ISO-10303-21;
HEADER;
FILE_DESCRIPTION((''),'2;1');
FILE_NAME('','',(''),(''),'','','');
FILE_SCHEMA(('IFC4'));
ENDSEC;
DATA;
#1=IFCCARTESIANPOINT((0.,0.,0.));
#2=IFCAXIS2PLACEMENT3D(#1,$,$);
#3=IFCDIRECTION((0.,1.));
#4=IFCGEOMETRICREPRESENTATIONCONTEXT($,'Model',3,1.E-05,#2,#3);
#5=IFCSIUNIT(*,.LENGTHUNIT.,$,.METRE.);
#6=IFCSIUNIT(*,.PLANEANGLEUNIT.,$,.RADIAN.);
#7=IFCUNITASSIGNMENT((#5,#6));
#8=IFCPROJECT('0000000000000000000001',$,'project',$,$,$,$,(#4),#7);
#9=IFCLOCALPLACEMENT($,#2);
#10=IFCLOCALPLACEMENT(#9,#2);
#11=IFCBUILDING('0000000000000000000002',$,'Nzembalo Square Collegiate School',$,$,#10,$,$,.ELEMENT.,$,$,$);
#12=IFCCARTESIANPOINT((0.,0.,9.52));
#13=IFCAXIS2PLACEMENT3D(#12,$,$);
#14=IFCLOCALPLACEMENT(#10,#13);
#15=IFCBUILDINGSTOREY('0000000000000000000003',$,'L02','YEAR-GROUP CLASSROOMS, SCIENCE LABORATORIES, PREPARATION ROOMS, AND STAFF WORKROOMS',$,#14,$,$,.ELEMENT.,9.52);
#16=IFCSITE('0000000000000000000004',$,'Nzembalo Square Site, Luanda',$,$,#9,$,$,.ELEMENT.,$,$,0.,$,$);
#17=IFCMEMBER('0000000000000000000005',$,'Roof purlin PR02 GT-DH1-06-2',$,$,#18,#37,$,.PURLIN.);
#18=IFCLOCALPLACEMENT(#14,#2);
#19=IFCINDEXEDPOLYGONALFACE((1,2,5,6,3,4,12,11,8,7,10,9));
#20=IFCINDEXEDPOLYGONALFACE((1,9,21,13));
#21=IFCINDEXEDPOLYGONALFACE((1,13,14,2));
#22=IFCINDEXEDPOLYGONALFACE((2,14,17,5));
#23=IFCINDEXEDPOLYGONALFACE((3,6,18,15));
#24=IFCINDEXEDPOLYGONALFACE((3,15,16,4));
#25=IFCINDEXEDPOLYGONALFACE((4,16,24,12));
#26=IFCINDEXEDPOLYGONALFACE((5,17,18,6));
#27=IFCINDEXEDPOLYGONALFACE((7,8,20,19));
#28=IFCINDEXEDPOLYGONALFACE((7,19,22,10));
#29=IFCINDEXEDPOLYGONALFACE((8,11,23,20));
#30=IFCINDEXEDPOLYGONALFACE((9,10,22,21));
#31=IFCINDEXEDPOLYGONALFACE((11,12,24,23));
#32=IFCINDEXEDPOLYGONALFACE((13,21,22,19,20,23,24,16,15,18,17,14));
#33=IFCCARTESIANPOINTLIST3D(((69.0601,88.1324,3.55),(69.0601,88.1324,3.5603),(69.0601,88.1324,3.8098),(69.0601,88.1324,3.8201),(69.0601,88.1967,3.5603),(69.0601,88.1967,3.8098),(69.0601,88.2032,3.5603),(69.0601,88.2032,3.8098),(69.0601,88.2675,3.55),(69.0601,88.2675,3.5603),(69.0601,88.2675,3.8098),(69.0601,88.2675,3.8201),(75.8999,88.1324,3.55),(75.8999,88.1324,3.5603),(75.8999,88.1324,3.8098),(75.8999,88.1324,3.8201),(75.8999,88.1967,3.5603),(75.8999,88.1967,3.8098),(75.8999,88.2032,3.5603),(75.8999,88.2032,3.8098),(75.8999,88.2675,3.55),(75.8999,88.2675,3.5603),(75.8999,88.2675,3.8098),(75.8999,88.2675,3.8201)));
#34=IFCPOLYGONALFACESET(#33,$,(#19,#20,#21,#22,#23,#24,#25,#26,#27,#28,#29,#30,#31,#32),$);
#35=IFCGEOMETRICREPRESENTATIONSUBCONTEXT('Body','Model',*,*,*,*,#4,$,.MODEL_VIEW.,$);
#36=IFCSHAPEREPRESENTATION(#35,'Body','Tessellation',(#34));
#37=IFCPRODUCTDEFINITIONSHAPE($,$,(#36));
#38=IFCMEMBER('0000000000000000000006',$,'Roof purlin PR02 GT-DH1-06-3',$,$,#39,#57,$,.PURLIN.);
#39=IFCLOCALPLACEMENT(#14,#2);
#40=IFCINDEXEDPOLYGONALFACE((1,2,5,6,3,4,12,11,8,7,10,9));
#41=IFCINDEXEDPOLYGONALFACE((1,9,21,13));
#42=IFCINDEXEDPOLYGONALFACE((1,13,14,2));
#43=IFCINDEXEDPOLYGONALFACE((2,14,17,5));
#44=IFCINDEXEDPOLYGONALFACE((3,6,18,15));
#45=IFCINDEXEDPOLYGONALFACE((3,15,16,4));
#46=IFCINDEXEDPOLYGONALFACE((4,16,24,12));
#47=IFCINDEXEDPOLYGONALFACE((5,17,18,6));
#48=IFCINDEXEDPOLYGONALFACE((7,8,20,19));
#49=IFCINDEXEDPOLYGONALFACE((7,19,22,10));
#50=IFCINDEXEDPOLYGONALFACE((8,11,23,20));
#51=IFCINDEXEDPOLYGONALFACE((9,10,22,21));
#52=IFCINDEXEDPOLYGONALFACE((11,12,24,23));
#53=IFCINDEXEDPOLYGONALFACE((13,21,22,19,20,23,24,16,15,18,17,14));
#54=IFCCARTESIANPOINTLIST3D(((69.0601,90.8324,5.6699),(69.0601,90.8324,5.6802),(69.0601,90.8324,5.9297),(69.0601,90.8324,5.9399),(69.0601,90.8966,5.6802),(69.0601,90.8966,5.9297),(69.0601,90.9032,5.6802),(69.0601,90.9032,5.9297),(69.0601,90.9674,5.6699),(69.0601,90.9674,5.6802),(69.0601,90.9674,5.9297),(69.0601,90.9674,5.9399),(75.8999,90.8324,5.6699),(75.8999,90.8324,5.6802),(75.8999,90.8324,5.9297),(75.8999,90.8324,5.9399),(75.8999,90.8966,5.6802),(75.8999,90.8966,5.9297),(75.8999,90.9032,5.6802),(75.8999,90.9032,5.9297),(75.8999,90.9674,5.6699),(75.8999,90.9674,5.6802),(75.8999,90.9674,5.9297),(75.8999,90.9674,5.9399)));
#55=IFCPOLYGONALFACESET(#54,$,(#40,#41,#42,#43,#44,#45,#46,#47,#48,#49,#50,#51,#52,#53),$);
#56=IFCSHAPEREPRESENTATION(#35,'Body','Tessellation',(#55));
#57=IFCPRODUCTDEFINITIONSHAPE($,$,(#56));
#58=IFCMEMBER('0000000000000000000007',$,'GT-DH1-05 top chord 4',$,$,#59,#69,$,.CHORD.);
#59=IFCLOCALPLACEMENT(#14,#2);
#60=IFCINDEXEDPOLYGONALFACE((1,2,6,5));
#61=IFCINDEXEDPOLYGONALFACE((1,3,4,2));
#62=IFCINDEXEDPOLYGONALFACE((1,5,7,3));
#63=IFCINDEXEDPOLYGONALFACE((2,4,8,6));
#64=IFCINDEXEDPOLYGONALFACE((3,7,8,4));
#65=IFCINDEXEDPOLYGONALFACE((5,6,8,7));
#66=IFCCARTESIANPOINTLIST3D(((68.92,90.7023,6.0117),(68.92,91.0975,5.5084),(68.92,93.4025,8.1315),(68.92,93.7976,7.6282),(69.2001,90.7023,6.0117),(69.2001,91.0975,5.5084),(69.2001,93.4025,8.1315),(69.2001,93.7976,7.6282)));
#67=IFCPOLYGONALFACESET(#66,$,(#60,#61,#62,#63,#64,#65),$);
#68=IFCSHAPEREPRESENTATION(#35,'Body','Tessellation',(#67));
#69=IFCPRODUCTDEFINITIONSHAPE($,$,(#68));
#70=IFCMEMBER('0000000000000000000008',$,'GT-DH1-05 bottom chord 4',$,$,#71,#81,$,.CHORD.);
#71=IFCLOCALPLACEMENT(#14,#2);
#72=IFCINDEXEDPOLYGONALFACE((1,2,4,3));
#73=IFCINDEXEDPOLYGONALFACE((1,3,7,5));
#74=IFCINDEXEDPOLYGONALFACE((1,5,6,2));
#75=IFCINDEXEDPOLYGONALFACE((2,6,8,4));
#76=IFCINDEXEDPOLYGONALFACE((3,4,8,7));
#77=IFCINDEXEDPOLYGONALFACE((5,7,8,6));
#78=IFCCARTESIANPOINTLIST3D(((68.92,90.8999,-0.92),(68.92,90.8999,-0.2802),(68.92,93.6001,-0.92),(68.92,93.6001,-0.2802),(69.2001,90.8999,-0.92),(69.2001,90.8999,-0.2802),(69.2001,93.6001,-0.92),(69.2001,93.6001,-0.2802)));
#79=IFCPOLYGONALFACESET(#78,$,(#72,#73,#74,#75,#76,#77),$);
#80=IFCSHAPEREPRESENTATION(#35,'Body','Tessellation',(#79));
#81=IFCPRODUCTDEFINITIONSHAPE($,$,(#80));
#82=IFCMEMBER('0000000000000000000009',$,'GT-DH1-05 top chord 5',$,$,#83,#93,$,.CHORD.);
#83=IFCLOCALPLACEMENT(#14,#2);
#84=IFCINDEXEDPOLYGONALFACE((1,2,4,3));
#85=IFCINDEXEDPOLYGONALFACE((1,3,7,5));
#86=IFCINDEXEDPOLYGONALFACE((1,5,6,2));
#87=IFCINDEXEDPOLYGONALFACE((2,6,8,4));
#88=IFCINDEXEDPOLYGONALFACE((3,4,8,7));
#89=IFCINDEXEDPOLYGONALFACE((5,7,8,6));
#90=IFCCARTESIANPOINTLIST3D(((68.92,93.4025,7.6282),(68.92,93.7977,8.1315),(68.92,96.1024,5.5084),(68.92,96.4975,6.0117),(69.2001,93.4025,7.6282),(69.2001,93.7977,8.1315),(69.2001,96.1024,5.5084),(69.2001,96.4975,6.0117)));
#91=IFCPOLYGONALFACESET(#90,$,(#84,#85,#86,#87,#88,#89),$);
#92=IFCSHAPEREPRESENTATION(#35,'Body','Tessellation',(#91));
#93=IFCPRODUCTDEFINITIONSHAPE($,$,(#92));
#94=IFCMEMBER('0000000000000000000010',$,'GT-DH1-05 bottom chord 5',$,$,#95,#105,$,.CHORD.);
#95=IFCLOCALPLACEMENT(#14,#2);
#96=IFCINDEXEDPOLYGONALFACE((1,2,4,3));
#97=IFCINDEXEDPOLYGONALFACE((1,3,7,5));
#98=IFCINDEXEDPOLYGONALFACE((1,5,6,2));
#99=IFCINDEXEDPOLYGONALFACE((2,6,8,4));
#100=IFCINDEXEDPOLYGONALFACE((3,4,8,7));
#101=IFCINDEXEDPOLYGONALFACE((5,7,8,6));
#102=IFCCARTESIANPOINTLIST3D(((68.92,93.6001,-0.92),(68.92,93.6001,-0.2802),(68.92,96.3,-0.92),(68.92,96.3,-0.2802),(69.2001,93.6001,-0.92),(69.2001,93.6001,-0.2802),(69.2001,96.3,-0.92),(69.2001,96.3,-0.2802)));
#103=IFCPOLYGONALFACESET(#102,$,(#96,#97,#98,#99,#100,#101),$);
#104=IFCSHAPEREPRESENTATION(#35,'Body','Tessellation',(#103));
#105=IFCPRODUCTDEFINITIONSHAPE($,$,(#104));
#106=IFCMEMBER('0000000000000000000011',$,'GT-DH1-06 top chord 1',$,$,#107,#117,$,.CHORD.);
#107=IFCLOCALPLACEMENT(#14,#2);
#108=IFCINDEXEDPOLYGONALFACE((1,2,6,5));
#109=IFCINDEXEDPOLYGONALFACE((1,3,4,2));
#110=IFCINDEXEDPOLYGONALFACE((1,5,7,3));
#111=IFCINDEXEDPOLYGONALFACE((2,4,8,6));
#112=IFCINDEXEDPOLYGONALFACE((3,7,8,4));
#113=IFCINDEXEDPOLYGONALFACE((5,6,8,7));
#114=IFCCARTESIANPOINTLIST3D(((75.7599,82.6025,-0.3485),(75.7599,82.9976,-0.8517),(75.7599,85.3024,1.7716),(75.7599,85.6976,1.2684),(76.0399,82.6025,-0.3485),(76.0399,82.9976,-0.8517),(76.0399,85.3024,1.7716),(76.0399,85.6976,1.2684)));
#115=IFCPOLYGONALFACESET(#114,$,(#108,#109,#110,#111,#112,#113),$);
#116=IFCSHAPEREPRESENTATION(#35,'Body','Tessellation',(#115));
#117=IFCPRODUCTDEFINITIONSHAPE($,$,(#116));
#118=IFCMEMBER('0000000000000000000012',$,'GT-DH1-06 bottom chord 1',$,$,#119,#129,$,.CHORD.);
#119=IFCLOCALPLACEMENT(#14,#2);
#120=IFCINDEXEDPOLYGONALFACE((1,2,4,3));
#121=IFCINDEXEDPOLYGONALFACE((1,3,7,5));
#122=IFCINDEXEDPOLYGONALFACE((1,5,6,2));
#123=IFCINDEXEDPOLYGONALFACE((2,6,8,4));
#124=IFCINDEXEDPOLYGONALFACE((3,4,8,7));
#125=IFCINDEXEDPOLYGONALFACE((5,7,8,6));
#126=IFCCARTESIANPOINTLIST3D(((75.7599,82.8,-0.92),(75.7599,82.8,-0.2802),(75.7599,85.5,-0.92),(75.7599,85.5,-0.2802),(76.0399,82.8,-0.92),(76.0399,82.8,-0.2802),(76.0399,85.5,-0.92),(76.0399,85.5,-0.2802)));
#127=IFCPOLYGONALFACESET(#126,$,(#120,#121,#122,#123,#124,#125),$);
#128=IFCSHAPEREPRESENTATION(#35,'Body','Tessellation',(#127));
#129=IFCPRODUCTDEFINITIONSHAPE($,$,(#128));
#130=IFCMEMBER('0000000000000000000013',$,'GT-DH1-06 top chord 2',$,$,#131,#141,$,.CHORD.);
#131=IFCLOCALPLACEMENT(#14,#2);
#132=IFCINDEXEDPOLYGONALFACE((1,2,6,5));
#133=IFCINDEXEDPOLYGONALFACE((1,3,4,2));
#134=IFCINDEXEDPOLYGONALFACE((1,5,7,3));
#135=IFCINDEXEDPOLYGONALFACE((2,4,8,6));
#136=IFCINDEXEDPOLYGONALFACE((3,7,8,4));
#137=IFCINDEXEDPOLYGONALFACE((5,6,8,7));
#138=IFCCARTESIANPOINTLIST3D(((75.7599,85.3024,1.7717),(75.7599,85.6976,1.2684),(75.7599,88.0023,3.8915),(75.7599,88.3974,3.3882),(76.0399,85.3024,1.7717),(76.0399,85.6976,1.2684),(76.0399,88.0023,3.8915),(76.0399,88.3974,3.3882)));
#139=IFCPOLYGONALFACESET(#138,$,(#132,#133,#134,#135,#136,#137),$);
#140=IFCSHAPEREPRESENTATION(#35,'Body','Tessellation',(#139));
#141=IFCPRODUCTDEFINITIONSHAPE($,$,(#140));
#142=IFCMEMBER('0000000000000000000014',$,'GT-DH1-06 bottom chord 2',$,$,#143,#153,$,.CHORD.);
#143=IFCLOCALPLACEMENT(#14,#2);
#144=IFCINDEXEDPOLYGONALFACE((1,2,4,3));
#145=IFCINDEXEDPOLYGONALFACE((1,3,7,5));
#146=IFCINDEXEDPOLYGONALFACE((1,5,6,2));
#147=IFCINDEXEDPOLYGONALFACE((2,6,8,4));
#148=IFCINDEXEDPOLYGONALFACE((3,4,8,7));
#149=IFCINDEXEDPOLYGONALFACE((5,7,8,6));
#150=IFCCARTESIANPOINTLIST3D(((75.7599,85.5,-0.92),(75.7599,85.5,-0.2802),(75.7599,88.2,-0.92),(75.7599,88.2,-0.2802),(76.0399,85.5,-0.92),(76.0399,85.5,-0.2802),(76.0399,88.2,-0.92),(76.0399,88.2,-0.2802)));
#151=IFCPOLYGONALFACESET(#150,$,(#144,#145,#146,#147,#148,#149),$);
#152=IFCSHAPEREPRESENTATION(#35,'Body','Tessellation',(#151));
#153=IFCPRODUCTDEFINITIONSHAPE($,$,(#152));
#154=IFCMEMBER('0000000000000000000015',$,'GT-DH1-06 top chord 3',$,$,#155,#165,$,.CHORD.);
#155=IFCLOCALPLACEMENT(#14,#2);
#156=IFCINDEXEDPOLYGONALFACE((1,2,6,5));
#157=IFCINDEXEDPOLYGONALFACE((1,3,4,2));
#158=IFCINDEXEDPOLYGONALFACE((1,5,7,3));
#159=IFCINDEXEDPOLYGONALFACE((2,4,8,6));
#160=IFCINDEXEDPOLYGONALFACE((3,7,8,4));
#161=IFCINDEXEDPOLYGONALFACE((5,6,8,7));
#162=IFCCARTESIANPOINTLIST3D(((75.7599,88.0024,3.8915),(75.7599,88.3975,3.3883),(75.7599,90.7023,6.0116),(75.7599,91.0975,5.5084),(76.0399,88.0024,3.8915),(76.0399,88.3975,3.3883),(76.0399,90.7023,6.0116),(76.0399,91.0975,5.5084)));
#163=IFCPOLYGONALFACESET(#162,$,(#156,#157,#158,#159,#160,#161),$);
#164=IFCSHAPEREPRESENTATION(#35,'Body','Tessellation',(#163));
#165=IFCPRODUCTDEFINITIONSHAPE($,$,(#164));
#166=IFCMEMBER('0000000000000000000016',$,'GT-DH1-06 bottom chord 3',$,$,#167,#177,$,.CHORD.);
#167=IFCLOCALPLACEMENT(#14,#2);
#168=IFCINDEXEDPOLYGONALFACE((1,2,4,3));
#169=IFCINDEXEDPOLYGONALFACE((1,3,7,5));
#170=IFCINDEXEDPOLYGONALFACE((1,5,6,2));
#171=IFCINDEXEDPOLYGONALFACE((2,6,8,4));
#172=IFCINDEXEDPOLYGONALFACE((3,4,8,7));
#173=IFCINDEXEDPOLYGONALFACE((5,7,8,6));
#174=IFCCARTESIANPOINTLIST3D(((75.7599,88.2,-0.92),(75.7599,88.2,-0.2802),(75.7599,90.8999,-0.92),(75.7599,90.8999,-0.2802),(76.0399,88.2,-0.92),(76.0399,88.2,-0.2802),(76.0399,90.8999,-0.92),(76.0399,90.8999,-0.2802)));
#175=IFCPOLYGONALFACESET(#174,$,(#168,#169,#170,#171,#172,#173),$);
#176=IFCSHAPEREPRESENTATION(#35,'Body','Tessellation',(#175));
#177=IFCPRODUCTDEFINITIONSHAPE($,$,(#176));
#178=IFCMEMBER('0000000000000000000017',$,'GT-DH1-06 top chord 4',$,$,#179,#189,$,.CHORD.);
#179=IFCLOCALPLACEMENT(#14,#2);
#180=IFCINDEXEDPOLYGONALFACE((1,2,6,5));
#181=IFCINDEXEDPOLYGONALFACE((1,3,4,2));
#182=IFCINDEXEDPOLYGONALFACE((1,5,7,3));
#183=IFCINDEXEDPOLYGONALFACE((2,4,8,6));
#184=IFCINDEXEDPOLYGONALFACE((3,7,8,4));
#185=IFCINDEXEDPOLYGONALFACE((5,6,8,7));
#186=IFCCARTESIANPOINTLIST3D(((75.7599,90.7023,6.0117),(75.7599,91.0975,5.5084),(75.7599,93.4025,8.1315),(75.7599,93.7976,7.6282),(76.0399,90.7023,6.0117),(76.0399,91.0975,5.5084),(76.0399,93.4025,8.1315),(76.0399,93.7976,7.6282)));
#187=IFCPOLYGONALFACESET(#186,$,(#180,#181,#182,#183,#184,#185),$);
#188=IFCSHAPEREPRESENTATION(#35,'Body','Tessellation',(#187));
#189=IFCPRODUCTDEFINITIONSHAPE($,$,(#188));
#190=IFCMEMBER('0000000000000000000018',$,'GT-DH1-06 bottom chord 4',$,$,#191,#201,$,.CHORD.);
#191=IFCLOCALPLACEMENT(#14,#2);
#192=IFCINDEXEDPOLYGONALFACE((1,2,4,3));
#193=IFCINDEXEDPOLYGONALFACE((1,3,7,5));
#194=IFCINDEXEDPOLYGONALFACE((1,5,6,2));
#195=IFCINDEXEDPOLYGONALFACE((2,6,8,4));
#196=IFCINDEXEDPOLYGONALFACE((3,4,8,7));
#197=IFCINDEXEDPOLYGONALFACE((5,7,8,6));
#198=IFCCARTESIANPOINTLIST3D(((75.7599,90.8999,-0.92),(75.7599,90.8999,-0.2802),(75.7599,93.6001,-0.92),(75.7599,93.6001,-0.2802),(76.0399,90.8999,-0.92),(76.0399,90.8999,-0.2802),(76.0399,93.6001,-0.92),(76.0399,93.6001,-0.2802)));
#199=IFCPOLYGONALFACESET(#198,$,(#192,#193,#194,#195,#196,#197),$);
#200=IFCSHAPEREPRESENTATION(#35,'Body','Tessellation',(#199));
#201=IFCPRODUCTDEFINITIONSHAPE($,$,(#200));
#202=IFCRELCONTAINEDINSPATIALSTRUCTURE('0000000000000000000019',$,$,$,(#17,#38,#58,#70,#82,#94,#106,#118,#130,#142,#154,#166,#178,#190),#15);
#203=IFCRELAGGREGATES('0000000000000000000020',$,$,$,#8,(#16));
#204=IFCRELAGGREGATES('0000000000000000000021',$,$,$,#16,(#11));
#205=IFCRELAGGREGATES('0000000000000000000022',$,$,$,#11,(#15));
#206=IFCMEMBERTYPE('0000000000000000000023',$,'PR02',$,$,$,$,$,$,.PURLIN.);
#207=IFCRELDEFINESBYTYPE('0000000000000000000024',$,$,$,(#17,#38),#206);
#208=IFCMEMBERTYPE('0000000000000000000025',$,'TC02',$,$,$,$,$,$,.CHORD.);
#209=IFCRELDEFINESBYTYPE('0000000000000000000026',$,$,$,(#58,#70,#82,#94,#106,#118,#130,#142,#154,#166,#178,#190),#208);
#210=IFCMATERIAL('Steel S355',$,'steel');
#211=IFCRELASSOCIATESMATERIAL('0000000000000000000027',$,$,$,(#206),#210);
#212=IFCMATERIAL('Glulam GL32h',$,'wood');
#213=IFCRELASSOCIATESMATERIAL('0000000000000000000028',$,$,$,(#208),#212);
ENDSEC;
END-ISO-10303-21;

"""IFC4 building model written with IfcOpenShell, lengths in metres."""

from ifc_helpers import new_model, si_unit, direction, frame, origin, origin_2d, place, context, subcontext, project, spatial, rectangle, i_section, extrude, material, material_profile, profile_set, type_object, element, save


model = new_model("IFC4")

# Units and contexts
model_context = context("Model", 3, precision=1e-05, world=origin(), true_north=direction((0.0, 1.0)))
body_context = subcontext(model_context, "Body", "Model", "MODEL_VIEW")
ifc_project = project(units=[si_unit("LENGTHUNIT", "METRE"), si_unit("PLANEANGLEUNIT", "RADIAN")], contexts=[model_context])

# Site, building, storey
site_placement = place(None, origin())
site = spatial("IfcSite", under=ifc_project, at=site_placement, Name="Nzembalo Square Site, Luanda", CompositionType="ELEMENT", RefElevation=0.0)
building_placement = place(site_placement, origin())
building = spatial("IfcBuilding", under=site, at=building_placement, Name="Nzembalo Square Collegiate School", CompositionType="ELEMENT")
storey_placement = place(building_placement, frame((0.0, 0.0, 9.52)))
storey = spatial("IfcBuildingStorey", under=building, at=storey_placement, Name="L02", Description="YEAR-GROUP CLASSROOMS, SCIENCE LABORATORIES, PREPARATION ROOMS, AND STAFF WORKROOMS", CompositionType="ELEMENT", Elevation=9.52)

# Members
ifc_material_1 = material(Name="Steel S355", Category="steel")
ifc_material_profile_1 = material_profile(ifc_material_1, i_section(OverallWidth=0.135, OverallDepth=0.27, WebThickness=0.0066, FlangeThickness=0.0103, at=origin_2d()), Name="IPE 270")
ifc_profile_set_1 = profile_set([ifc_material_profile_1], Name="Steel S355")
member_type_1 = type_object("IfcMemberType", Name="PR02", PredefinedType="PURLIN", material=ifc_profile_set_1)
for number, where, z_axis, x_axis, name in (
    (1, (69.0601, 88.2, 3.6851), (1.0, 0.0, 0.0), (0.0, 1.0, 0.0), "Roof purlin PR02 GT-DH1-06-2"),
    (2, (69.0601, 90.8999, 5.8049), (1.0, 0.0, 0.0), (0.0, 1.0, 0.0), "Roof purlin PR02 GT-DH1-06-3"),
):
    element("IfcMember", number, at=place(storey_placement, frame(where, z_axis=z_axis, x_axis=x_axis)), inside=storey, type_object=member_type_1, Name=name, PredefinedType="PURLIN", context=body_context, shape_type="SweptSolid", body=[
        extrude(i_section(OverallWidth=0.135, OverallDepth=0.27, WebThickness=0.0066, FlangeThickness=0.0103, at=origin_2d()), origin(), (0.0, 0.0, 1.0), 6.8398),
    ])
ifc_material_2 = material(Name="Glulam GL32h", Category="wood")
ifc_material_profile_2 = material_profile(ifc_material_2, rectangle(XDim=0.28, YDim=0.6399, at=origin_2d()), Name="GL32h 280x640")
ifc_profile_set_2 = profile_set([ifc_material_profile_2], Name="Glulam GL32h")
member_type_2 = type_object("IfcMemberType", Name="TC02", PredefinedType="CHORD", material=ifc_profile_set_2)
member_1_placement = place(storey_placement, frame((69.0601, 90.8999, 5.76), z_axis=(0.0, 0.78656, 0.617514), x_axis=(-1.0, 0.0, 0.0)))
element("IfcMember", 3, at=member_1_placement, inside=storey, type_object=member_type_2, Name="GT-DH1-05 top chord 4", PredefinedType="CHORD", context=body_context, shape_type="SweptSolid", body=[
    extrude(rectangle(XDim=0.28, YDim=0.6399, at=origin_2d()), origin(), (0.0, 0.0, 1.0), 3.4329),
])
member_2_placement = place(storey_placement, frame((69.0601, 90.8999, -0.6001), z_axis=(0.0, 1.0, 0.0), x_axis=(-1.0, 0.0, 0.0)))
element("IfcMember", 4, at=member_2_placement, inside=storey, type_object=member_type_2, Name="GT-DH1-05 bottom chord 4", PredefinedType="CHORD", context=body_context, shape_type="SweptSolid", body=[
    extrude(rectangle(XDim=0.28, YDim=0.6399, at=origin_2d()), origin(), (0.0, 0.0, 1.0), 2.7002),
])
member_3_placement = place(storey_placement, frame((69.0601, 93.6001, 7.8799), z_axis=(0.0, 0.786533, -0.617548), x_axis=(-1.0, 0.0, 0.0)))
element("IfcMember", 5, at=member_3_placement, inside=storey, type_object=member_type_2, Name="GT-DH1-05 top chord 5", PredefinedType="CHORD", context=body_context, shape_type="SweptSolid", body=[
    extrude(rectangle(XDim=0.28, YDim=0.6399, at=origin_2d()), origin(), (0.0, 0.0, 1.0), 3.4326),
])
member_4_placement = place(storey_placement, frame((69.0601, 93.6001, -0.6001), z_axis=(0.0, 1.0, 0.0), x_axis=(-1.0, 0.0, 0.0)))
element("IfcMember", 6, at=member_4_placement, inside=storey, type_object=member_type_2, Name="GT-DH1-05 bottom chord 5", PredefinedType="CHORD", context=body_context, shape_type="SweptSolid", body=[
    extrude(rectangle(XDim=0.28, YDim=0.6399, at=origin_2d()), origin(), (0.0, 0.0, 1.0), 2.7),
])
member_5_placement = place(storey_placement, frame((75.8999, 82.8, -0.6001), z_axis=(0.0, 0.786498, 0.617592), x_axis=(-1.0, 0.0, 0.0)))
element("IfcMember", 7, at=member_5_placement, inside=storey, type_object=member_type_2, Name="GT-DH1-06 top chord 1", PredefinedType="CHORD", context=body_context, shape_type="SweptSolid", body=[
    extrude(rectangle(XDim=0.28, YDim=0.6399, at=origin_2d()), origin(), (0.0, 0.0, 1.0), 3.4329),
])
member_6_placement = place(storey_placement, frame((75.8999, 82.8, -0.6001), z_axis=(0.0, 1.0, 0.0), x_axis=(-1.0, 0.0, 0.0)))
element("IfcMember", 8, at=member_6_placement, inside=storey, type_object=member_type_2, Name="GT-DH1-06 bottom chord 1", PredefinedType="CHORD", context=body_context, shape_type="SweptSolid", body=[
    extrude(rectangle(XDim=0.28, YDim=0.6399, at=origin_2d()), origin(), (0.0, 0.0, 1.0), 2.7),
])
member_7_placement = place(storey_placement, frame((75.8999, 85.5, 1.52), z_axis=(0.0, 0.786533, 0.617548), x_axis=(-1.0, 0.0, 0.0)))
element("IfcMember", 9, at=member_7_placement, inside=storey, type_object=member_type_2, Name="GT-DH1-06 top chord 2", PredefinedType="CHORD", context=body_context, shape_type="SweptSolid", body=[
    extrude(rectangle(XDim=0.28, YDim=0.6399, at=origin_2d()), origin(), (0.0, 0.0, 1.0), 3.4326),
])
member_8_placement = place(storey_placement, frame((75.8999, 85.5, -0.6001), z_axis=(0.0, 1.0, 0.0), x_axis=(-1.0, 0.0, 0.0)))
element("IfcMember", 10, at=member_8_placement, inside=storey, type_object=member_type_2, Name="GT-DH1-06 bottom chord 2", PredefinedType="CHORD", context=body_context, shape_type="SweptSolid", body=[
    extrude(rectangle(XDim=0.28, YDim=0.6399, at=origin_2d()), origin(), (0.0, 0.0, 1.0), 2.7),
])
member_9_placement = place(storey_placement, frame((75.8999, 88.2, 3.6399), z_axis=(0.0, 0.786498, 0.617592), x_axis=(-1.0, 0.0, 0.0)))
element("IfcMember", 11, at=member_9_placement, inside=storey, type_object=member_type_2, Name="GT-DH1-06 top chord 3", PredefinedType="CHORD", context=body_context, shape_type="SweptSolid", body=[
    extrude(rectangle(XDim=0.28, YDim=0.6399, at=origin_2d()), origin(), (0.0, 0.0, 1.0), 3.4329),
])
member_10_placement = place(storey_placement, frame((75.8999, 88.2, -0.6001), z_axis=(0.0, 1.0, 0.0), x_axis=(-1.0, 0.0, 0.0)))
element("IfcMember", 12, at=member_10_placement, inside=storey, type_object=member_type_2, Name="GT-DH1-06 bottom chord 3", PredefinedType="CHORD", context=body_context, shape_type="SweptSolid", body=[
    extrude(rectangle(XDim=0.28, YDim=0.6399, at=origin_2d()), origin(), (0.0, 0.0, 1.0), 2.7),
])
member_11_placement = place(storey_placement, frame((75.8999, 90.8999, 5.76), z_axis=(0.0, 0.78656, 0.617514), x_axis=(-1.0, 0.0, 0.0)))
element("IfcMember", 13, at=member_11_placement, inside=storey, type_object=member_type_2, Name="GT-DH1-06 top chord 4", PredefinedType="CHORD", context=body_context, shape_type="SweptSolid", body=[
    extrude(rectangle(XDim=0.28, YDim=0.6399, at=origin_2d()), origin(), (0.0, 0.0, 1.0), 3.4329),
])
member_12_placement = place(storey_placement, frame((75.8999, 90.8999, -0.6001), z_axis=(0.0, 1.0, 0.0), x_axis=(-1.0, 0.0, 0.0)))
element("IfcMember", 14, at=member_12_placement, inside=storey, type_object=member_type_2, Name="GT-DH1-06 bottom chord 4", PredefinedType="CHORD", context=body_context, shape_type="SweptSolid", body=[
    extrude(rectangle(XDim=0.28, YDim=0.6399, at=origin_2d()), origin(), (0.0, 0.0, 1.0), 2.7002),
])

save(model, "model.ifc")
